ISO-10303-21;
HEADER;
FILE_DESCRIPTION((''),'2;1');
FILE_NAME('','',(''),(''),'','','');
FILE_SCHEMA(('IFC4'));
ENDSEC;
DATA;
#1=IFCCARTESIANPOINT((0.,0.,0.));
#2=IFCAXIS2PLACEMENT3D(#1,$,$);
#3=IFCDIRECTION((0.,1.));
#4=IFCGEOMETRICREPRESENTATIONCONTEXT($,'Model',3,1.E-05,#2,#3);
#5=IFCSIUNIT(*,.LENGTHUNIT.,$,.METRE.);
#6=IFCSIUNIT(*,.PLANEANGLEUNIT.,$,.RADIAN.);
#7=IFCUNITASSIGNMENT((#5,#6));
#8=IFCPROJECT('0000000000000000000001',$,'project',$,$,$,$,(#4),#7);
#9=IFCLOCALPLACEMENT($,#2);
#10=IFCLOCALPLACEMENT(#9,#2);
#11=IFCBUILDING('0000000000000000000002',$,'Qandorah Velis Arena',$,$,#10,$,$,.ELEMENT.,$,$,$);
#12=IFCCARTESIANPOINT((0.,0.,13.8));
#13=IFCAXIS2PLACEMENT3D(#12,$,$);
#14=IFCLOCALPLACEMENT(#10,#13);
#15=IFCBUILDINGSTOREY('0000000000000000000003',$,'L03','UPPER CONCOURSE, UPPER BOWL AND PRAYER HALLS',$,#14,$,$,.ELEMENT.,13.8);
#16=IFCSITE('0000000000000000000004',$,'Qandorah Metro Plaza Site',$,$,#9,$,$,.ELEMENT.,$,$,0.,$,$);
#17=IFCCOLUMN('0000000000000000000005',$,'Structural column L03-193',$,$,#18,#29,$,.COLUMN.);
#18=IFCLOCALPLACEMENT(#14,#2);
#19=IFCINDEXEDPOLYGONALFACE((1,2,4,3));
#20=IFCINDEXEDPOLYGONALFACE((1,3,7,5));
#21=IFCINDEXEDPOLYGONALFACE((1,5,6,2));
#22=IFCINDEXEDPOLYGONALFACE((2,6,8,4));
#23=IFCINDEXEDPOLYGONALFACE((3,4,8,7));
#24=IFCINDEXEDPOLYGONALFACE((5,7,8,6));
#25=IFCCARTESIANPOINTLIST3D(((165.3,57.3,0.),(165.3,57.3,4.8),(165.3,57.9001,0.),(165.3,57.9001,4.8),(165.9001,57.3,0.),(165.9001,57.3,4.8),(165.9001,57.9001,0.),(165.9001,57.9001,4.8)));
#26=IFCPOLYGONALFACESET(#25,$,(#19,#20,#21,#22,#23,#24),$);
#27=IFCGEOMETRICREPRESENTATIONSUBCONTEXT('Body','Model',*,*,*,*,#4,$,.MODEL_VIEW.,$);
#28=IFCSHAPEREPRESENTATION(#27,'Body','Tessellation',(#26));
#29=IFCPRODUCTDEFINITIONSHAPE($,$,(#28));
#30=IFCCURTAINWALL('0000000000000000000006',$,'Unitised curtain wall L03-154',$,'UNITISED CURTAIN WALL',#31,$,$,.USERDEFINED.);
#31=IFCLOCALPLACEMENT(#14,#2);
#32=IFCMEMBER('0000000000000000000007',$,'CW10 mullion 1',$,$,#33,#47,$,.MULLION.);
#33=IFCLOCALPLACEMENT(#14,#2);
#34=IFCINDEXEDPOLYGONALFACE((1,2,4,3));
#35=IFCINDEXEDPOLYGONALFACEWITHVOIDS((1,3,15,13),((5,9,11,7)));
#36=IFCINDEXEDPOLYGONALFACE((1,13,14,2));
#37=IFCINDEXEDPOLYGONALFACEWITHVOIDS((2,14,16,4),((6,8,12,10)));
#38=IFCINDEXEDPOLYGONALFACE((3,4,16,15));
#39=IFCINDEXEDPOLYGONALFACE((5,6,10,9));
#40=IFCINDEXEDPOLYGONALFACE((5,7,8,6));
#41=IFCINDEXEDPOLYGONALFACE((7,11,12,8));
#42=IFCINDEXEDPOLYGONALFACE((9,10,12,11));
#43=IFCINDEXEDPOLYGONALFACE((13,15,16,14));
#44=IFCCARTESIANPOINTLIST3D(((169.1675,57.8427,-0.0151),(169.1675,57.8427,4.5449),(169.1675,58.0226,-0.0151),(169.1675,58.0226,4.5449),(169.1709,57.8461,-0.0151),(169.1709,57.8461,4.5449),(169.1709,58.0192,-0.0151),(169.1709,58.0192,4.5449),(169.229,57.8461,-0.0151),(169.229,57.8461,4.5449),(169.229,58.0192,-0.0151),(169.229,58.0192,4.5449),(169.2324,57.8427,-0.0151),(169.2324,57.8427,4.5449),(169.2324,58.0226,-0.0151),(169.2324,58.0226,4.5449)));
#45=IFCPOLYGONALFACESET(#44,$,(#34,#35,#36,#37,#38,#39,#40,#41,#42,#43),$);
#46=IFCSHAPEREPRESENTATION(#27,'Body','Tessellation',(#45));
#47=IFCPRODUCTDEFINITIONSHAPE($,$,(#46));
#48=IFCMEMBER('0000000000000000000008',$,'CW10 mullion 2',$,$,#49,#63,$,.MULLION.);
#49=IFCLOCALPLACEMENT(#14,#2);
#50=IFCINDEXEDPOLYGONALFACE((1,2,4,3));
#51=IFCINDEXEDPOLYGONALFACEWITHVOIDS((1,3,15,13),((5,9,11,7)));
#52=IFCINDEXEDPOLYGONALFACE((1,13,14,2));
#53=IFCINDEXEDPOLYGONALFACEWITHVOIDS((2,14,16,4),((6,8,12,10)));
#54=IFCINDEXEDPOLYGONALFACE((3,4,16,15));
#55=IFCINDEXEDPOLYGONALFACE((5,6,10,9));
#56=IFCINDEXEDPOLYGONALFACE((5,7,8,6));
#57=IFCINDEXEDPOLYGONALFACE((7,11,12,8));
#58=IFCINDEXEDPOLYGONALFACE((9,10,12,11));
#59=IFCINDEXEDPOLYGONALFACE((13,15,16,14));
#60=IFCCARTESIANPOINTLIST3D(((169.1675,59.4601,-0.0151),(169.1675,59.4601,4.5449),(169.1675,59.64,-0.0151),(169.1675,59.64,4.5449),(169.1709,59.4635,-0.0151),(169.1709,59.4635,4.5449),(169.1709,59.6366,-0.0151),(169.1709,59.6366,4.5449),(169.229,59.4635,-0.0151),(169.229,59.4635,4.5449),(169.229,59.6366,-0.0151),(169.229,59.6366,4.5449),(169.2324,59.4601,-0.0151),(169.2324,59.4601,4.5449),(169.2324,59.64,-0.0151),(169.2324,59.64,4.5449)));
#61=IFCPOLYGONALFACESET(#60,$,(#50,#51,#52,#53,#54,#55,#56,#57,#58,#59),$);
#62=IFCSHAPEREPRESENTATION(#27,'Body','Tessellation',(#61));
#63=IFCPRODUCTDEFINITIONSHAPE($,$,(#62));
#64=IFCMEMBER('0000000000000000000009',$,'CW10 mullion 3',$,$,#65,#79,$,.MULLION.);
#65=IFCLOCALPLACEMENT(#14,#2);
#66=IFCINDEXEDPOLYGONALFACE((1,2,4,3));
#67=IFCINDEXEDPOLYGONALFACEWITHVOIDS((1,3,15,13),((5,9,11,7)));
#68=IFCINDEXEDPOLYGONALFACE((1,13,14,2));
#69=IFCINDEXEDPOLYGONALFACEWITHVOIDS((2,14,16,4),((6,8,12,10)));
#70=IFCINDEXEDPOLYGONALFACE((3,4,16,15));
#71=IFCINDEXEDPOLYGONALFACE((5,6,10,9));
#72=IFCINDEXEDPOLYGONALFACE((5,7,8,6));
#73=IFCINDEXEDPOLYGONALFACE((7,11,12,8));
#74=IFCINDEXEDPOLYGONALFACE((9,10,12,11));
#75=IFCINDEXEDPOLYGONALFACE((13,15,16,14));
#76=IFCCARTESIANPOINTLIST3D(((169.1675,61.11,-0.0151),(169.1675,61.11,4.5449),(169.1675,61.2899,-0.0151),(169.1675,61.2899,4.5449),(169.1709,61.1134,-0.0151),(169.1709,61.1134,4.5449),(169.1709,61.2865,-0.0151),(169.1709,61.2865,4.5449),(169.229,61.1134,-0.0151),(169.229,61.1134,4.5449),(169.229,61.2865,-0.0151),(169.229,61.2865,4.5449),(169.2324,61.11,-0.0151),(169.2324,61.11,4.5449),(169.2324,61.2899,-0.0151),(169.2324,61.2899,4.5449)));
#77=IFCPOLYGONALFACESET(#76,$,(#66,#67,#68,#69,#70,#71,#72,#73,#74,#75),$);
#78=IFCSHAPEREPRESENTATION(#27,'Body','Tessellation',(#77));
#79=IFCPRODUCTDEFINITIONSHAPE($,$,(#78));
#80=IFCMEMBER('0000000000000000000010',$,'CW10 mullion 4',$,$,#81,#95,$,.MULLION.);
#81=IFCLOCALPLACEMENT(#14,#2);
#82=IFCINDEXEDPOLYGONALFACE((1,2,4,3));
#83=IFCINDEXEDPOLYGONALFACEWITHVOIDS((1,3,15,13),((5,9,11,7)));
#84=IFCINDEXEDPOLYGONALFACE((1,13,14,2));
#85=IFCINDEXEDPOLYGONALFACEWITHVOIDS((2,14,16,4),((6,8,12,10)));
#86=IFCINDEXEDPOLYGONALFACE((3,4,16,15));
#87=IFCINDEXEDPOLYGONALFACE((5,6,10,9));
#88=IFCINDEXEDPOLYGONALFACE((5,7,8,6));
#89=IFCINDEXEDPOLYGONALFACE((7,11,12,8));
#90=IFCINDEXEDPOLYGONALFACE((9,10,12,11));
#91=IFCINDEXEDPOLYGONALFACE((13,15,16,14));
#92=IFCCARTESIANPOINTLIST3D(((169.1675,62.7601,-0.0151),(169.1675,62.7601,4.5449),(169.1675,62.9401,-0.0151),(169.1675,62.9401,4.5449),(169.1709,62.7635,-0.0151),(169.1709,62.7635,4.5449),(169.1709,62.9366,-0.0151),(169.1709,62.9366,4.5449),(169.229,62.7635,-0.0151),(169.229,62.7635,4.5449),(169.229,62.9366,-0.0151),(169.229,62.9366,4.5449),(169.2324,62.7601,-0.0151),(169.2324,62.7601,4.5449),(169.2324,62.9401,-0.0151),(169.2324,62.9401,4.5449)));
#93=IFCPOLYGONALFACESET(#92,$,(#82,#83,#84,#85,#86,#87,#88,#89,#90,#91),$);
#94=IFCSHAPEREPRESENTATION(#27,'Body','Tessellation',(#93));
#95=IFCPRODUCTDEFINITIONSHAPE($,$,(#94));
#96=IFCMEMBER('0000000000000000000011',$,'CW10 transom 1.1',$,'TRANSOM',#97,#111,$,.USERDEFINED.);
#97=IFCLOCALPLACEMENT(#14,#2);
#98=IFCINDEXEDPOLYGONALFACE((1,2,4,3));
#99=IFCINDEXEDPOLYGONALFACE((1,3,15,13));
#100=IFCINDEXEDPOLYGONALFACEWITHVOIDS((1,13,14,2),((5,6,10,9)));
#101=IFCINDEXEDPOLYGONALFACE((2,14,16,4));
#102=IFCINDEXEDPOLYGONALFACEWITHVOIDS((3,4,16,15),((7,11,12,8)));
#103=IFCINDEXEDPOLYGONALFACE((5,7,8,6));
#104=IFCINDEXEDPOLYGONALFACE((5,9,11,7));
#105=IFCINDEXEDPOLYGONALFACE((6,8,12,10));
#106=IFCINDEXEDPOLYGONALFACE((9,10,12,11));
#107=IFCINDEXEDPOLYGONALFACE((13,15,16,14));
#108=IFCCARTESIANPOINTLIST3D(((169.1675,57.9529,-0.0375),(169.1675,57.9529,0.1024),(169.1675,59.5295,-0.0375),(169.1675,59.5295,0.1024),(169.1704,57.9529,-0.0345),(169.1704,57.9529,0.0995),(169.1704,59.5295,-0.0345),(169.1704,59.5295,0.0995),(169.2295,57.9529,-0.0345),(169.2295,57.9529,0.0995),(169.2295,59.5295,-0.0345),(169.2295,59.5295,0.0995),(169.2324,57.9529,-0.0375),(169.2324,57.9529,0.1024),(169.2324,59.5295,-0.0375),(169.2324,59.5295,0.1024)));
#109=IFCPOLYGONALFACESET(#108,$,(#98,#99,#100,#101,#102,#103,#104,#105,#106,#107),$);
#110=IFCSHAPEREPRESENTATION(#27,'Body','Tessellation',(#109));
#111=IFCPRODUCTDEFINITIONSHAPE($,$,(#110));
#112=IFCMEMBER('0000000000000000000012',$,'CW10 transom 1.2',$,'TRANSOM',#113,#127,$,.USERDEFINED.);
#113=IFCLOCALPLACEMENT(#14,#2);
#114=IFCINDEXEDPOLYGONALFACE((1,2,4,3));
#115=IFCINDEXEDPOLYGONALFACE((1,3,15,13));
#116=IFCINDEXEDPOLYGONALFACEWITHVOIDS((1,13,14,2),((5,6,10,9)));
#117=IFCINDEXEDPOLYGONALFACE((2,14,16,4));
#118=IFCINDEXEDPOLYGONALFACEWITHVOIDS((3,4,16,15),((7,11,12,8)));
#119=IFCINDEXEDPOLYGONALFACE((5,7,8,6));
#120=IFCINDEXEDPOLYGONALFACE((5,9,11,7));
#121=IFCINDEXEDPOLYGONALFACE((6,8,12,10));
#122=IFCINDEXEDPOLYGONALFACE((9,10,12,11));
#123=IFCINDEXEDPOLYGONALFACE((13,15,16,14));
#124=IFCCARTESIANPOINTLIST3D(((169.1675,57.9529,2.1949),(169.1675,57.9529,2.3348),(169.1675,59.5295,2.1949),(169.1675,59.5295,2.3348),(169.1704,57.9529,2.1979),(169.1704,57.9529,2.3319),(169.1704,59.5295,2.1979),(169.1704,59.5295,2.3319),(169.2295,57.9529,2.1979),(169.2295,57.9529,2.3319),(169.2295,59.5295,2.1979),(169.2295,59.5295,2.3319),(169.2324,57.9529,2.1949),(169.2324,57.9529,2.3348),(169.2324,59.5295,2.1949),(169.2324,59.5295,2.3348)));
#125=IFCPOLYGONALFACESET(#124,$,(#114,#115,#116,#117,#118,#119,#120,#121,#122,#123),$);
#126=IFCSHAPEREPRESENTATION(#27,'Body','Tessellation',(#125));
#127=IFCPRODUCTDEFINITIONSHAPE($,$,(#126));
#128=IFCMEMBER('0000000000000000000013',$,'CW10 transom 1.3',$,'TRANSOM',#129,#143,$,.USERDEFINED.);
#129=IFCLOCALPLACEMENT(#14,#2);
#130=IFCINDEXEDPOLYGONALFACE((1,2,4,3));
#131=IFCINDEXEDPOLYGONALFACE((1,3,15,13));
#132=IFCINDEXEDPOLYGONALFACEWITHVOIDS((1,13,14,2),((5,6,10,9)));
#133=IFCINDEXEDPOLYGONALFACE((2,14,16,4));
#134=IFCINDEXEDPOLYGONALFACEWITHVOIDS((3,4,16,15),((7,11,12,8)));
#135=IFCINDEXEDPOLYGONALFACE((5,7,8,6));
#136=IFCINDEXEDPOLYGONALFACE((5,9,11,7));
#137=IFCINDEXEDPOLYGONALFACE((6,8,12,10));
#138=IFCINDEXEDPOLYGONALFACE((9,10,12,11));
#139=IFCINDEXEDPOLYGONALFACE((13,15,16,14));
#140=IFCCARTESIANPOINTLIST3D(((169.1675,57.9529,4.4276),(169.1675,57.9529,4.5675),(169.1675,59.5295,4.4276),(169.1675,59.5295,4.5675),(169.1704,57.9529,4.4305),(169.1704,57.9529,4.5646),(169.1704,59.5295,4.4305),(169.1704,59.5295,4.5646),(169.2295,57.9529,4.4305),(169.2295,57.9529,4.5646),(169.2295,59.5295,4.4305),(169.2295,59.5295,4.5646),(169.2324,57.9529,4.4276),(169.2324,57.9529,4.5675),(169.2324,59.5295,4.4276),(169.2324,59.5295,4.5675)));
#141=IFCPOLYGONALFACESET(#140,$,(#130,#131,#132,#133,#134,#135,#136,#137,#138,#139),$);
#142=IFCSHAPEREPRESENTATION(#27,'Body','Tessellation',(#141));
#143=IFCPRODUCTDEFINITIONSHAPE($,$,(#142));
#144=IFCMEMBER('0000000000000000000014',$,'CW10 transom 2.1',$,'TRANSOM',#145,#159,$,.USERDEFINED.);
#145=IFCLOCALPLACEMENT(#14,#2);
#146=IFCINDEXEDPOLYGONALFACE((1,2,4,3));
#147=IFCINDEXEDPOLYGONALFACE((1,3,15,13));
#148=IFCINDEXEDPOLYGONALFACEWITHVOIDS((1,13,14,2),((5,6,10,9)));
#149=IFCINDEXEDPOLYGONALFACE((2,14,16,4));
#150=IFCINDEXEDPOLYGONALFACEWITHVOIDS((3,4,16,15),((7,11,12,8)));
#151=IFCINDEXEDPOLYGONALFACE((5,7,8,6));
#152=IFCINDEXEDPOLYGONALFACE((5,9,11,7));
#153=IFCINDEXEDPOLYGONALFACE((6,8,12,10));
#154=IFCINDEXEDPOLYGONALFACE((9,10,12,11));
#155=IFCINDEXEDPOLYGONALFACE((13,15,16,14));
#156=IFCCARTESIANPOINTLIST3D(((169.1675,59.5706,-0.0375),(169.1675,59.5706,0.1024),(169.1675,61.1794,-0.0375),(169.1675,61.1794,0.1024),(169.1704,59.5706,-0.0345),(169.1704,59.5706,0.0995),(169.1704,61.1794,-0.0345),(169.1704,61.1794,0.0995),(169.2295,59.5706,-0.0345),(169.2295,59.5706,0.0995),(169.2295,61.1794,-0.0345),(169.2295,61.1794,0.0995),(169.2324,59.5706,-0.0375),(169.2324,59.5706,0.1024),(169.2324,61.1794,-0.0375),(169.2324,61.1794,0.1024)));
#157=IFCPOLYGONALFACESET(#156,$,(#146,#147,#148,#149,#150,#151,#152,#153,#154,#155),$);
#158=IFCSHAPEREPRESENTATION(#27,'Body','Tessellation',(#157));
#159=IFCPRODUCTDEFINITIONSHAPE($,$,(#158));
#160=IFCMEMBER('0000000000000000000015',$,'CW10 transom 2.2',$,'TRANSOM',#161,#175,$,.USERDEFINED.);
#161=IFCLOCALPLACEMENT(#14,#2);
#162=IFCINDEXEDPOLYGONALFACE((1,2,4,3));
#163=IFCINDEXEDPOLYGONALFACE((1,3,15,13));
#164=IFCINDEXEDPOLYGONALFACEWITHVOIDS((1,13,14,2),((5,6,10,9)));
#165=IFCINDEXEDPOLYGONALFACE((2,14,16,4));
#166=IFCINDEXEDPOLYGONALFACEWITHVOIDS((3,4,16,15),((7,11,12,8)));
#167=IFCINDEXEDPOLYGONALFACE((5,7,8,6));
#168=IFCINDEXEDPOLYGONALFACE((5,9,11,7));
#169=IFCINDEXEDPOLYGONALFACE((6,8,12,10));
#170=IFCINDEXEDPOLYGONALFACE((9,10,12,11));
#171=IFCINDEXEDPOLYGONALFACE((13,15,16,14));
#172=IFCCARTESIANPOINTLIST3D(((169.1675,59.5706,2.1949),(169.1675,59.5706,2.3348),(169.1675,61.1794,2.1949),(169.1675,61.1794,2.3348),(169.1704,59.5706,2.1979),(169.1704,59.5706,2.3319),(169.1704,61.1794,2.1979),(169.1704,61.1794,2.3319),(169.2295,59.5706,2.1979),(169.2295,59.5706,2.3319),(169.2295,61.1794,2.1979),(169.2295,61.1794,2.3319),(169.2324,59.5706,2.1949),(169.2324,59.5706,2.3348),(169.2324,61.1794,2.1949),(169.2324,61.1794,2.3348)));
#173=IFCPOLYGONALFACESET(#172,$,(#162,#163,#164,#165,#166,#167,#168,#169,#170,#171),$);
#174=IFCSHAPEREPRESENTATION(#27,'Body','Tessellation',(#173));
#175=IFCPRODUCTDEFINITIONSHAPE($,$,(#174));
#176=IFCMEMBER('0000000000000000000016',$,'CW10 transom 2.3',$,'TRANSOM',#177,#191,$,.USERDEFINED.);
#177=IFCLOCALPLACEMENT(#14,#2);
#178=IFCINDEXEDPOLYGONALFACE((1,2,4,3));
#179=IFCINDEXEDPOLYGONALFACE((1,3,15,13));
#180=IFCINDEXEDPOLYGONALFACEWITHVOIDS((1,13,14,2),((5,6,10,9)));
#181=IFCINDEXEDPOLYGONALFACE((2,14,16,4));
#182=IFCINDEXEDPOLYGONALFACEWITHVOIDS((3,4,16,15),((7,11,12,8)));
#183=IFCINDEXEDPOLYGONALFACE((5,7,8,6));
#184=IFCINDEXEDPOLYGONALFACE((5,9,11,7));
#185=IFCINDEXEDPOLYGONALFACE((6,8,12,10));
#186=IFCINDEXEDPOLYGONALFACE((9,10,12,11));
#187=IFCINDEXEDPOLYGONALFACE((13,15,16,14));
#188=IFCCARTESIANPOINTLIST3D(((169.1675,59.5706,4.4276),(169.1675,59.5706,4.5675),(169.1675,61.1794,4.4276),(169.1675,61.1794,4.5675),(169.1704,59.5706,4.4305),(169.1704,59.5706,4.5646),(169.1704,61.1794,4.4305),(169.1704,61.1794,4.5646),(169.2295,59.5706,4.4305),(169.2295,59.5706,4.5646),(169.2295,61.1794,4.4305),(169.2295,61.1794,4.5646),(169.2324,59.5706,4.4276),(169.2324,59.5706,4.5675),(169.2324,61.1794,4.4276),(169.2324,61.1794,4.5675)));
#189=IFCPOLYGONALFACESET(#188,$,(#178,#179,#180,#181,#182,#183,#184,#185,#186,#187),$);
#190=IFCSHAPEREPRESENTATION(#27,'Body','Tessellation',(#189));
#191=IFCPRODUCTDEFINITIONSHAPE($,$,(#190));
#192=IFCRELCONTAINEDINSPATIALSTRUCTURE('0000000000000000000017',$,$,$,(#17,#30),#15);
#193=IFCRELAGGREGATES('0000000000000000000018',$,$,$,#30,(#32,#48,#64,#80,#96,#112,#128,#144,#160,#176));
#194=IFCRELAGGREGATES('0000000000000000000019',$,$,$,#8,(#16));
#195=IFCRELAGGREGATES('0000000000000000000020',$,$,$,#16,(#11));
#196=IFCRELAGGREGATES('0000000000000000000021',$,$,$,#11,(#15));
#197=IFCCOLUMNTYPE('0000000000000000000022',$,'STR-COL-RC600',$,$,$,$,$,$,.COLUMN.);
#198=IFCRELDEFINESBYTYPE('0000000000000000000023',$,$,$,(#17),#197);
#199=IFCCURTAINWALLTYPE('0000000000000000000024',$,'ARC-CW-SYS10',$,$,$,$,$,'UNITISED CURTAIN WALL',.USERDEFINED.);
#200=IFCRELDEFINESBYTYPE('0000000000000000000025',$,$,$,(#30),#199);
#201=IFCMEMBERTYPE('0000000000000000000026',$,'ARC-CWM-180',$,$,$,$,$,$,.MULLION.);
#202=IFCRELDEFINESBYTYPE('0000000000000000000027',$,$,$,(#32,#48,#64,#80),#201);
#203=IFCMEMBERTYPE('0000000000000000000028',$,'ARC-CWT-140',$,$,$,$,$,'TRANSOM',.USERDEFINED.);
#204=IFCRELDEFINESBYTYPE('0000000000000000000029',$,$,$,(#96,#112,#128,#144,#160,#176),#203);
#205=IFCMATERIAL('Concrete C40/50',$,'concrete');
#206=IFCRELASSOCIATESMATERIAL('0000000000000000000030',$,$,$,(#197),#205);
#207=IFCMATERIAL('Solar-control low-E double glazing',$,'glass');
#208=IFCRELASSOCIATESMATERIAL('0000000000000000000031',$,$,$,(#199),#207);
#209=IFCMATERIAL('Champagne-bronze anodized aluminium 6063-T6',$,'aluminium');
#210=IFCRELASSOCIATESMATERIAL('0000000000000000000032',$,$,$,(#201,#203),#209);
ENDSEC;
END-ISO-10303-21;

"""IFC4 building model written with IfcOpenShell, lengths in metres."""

from ifc_helpers import new_model, si_unit, direction, frame, origin, origin_2d, place, context, subcontext, project, spatial, rectangle, hollow_rectangle, extrude, material, material_profile, profile_set, type_object, element, aggregate, save


model = new_model("IFC4")

# Units and contexts
model_context = context("Model", 3, precision=1e-05, world=origin(), true_north=direction((0.0, 1.0)))
body_context = subcontext(model_context, "Body", "Model", "MODEL_VIEW")
ifc_project = project(units=[si_unit("LENGTHUNIT", "METRE"), si_unit("PLANEANGLEUNIT", "RADIAN")], contexts=[model_context])

# Site, building, storey
site_placement = place(None, origin())
site = spatial("IfcSite", under=ifc_project, at=site_placement, Name="Qandorah Metro Plaza Site", CompositionType="ELEMENT", RefElevation=0.0)
building_placement = place(site_placement, origin())
building = spatial("IfcBuilding", under=site, at=building_placement, Name="Qandorah Velis Arena", CompositionType="ELEMENT")
storey_placement = place(building_placement, frame((0.0, 0.0, 13.8)))
storey = spatial("IfcBuildingStorey", under=building, at=storey_placement, Name="L03", Description="UPPER CONCOURSE, UPPER BOWL AND PRAYER HALLS", CompositionType="ELEMENT", Elevation=13.8)

# Column
ifc_material_1 = material(Name="Concrete C40/50", Category="concrete")
ifc_material_profile_1 = material_profile(ifc_material_1, rectangle(XDim=0.6001, YDim=0.6001, at=origin_2d()), Name="RC COL 600x600")
ifc_profile_set_1 = profile_set([ifc_material_profile_1], Name="Concrete C40/50")
column_type = type_object("IfcColumnType", Name="STR-COL-RC600", PredefinedType="COLUMN", material=ifc_profile_set_1)
column_placement = place(storey_placement, frame((165.6001, 57.6001, 0.0), z_axis=(0.0, 0.0, 1.0), x_axis=(1.0, 0.0, 0.0)))
element("IfcColumn", 1, at=column_placement, inside=storey, type_object=column_type, Name="Structural column L03-193", PredefinedType="COLUMN", context=body_context, shape_type="SweptSolid", body=[
    extrude(rectangle(XDim=0.6001, YDim=0.6001, at=origin_2d()), origin(), (0.0, 0.0, 1.0), 4.8),
])

# Curtain wall, members
ifc_material_2 = material(Name="Solar-control low-E double glazing", Category="glass")
curtain_wall_type = type_object("IfcCurtainWallType", Name="ARC-CW-SYS10", ElementType="UNITISED CURTAIN WALL", PredefinedType="USERDEFINED", material=ifc_material_2)
curtain_wall_placement = place(storey_placement, origin())
curtain_wall = element("IfcCurtainWall", 2, at=curtain_wall_placement, inside=storey, type_object=curtain_wall_type, Name="Unitised curtain wall L03-154", ObjectType="UNITISED CURTAIN WALL", PredefinedType="USERDEFINED")
ifc_material_3 = material(Name="Champagne-bronze anodized aluminium 6063-T6", Category="aluminium")
ifc_material_profile_2 = material_profile(ifc_material_3, hollow_rectangle(XDim=0.0649, YDim=0.1799, WallThickness=0.0034, at=origin_2d()), Name="ALU MULLION 65x180")
ifc_profile_set_2 = profile_set([ifc_material_profile_2], Name="Champagne-bronze anodized aluminium 6063-T6")
member_type_1 = type_object("IfcMemberType", Name="ARC-CWM-180", PredefinedType="MULLION", material=ifc_profile_set_2)
member_1_placement = place(storey_placement, frame((169.2, 57.9326, -0.0151), z_axis=(0.0, 0.0, 1.0), x_axis=(-1.0, 0.0, 0.0)))
member_1 = element("IfcMember", 3, at=member_1_placement, type_object=member_type_1, Name="CW10 mullion 1", PredefinedType="MULLION", context=body_context, shape_type="SweptSolid", body=[
    extrude(hollow_rectangle(XDim=0.0649, YDim=0.1799, WallThickness=0.0034, at=origin_2d()), origin(), (0.0, 0.0, 1.0), 4.5601),
])
member_2_placement = place(storey_placement, frame((169.2, 59.55, -0.0151), z_axis=(0.0, 0.0, 1.0), x_axis=(-1.0, 0.0, 0.0)))
member_2 = element("IfcMember", 4, at=member_2_placement, type_object=member_type_1, Name="CW10 mullion 2", PredefinedType="MULLION", context=body_context, shape_type="SweptSolid", body=[
    extrude(hollow_rectangle(XDim=0.0649, YDim=0.1799, WallThickness=0.0034, at=origin_2d()), origin(), (0.0, 0.0, 1.0), 4.5601),
])
member_3_placement = place(storey_placement, frame((169.2, 61.2, -0.0151), z_axis=(0.0, 0.0, 1.0), x_axis=(-1.0, 0.0, 0.0)))
member_3 = element("IfcMember", 5, at=member_3_placement, type_object=member_type_1, Name="CW10 mullion 3", PredefinedType="MULLION", context=body_context, shape_type="SweptSolid", body=[
    extrude(hollow_rectangle(XDim=0.0649, YDim=0.1799, WallThickness=0.0034, at=origin_2d()), origin(), (0.0, 0.0, 1.0), 4.5601),
])
member_4_placement = place(storey_placement, frame((169.2, 62.8501, -0.0151), z_axis=(0.0, 0.0, 1.0), x_axis=(-1.0, 0.0, 0.0)))
member_4 = element("IfcMember", 6, at=member_4_placement, type_object=member_type_1, Name="CW10 mullion 4", PredefinedType="MULLION", context=body_context, shape_type="SweptSolid", body=[
    extrude(hollow_rectangle(XDim=0.0649, YDim=0.1799, WallThickness=0.0034, at=origin_2d()), origin(), (0.0, 0.0, 1.0), 4.5601),
])
ifc_material_profile_3 = material_profile(ifc_material_3, hollow_rectangle(XDim=0.0649, YDim=0.1399, WallThickness=0.0029, at=origin_2d()), Name="ALU TRANSOM 65x140")
ifc_profile_set_3 = profile_set([ifc_material_profile_3], Name="Champagne-bronze anodized aluminium 6063-T6")
member_type_2 = type_object("IfcMemberType", Name="ARC-CWT-140", ElementType="TRANSOM", PredefinedType="USERDEFINED", material=ifc_profile_set_3)
member_5_placement = place(storey_placement, frame((169.2, 57.9529, 0.0325), z_axis=(0.0, 1.0, 0.0), x_axis=(-1.0, 0.0, 0.0)))
member_5 = element("IfcMember", 7, at=member_5_placement, type_object=member_type_2, Name="CW10 transom 1.1", ObjectType="TRANSOM", PredefinedType="USERDEFINED", context=body_context, shape_type="SweptSolid", body=[
    extrude(hollow_rectangle(XDim=0.0649, YDim=0.1399, WallThickness=0.0029, at=origin_2d()), origin(), (0.0, 0.0, 1.0), 1.5767),
])
member_6_placement = place(storey_placement, frame((169.2, 57.9529, 2.2649), z_axis=(0.0, 1.0, 0.0), x_axis=(-1.0, 0.0, 0.0)))
member_6 = element("IfcMember", 8, at=member_6_placement, type_object=member_type_2, Name="CW10 transom 1.2", ObjectType="TRANSOM", PredefinedType="USERDEFINED", context=body_context, shape_type="SweptSolid", body=[
    extrude(hollow_rectangle(XDim=0.0649, YDim=0.1399, WallThickness=0.0029, at=origin_2d()), origin(), (0.0, 0.0, 1.0), 1.5767),
])
member_7_placement = place(storey_placement, frame((169.2, 57.9529, 4.4976), z_axis=(0.0, 1.0, 0.0), x_axis=(-1.0, 0.0, 0.0)))
member_7 = element("IfcMember", 9, at=member_7_placement, type_object=member_type_2, Name="CW10 transom 1.3", ObjectType="TRANSOM", PredefinedType="USERDEFINED", context=body_context, shape_type="SweptSolid", body=[
    extrude(hollow_rectangle(XDim=0.0649, YDim=0.1399, WallThickness=0.0029, at=origin_2d()), origin(), (0.0, 0.0, 1.0), 1.5767),
])
member_8_placement = place(storey_placement, frame((169.2, 59.5706, 0.0325), z_axis=(0.0, 1.0, 0.0), x_axis=(-1.0, 0.0, 0.0)))
member_8 = element("IfcMember", 10, at=member_8_placement, type_object=member_type_2, Name="CW10 transom 2.1", ObjectType="TRANSOM", PredefinedType="USERDEFINED", context=body_context, shape_type="SweptSolid", body=[
    extrude(hollow_rectangle(XDim=0.0649, YDim=0.1399, WallThickness=0.0029, at=origin_2d()), origin(), (0.0, 0.0, 1.0), 1.6089),
])
member_9_placement = place(storey_placement, frame((169.2, 59.5706, 2.2649), z_axis=(0.0, 1.0, 0.0), x_axis=(-1.0, 0.0, 0.0)))
member_9 = element("IfcMember", 11, at=member_9_placement, type_object=member_type_2, Name="CW10 transom 2.2", ObjectType="TRANSOM", PredefinedType="USERDEFINED", context=body_context, shape_type="SweptSolid", body=[
    extrude(hollow_rectangle(XDim=0.0649, YDim=0.1399, WallThickness=0.0029, at=origin_2d()), origin(), (0.0, 0.0, 1.0), 1.6089),
])
member_10_placement = place(storey_placement, frame((169.2, 59.5706, 4.4976), z_axis=(0.0, 1.0, 0.0), x_axis=(-1.0, 0.0, 0.0)))
member_10 = element("IfcMember", 12, at=member_10_placement, type_object=member_type_2, Name="CW10 transom 2.3", ObjectType="TRANSOM", PredefinedType="USERDEFINED", context=body_context, shape_type="SweptSolid", body=[
    extrude(hollow_rectangle(XDim=0.0649, YDim=0.1399, WallThickness=0.0029, at=origin_2d()), origin(), (0.0, 0.0, 1.0), 1.6089),
])

aggregate(curtain_wall, [member_1, member_2, member_3, member_4, member_5, member_6, member_7, member_8, member_9, member_10])

save(model, "model.ifc")
